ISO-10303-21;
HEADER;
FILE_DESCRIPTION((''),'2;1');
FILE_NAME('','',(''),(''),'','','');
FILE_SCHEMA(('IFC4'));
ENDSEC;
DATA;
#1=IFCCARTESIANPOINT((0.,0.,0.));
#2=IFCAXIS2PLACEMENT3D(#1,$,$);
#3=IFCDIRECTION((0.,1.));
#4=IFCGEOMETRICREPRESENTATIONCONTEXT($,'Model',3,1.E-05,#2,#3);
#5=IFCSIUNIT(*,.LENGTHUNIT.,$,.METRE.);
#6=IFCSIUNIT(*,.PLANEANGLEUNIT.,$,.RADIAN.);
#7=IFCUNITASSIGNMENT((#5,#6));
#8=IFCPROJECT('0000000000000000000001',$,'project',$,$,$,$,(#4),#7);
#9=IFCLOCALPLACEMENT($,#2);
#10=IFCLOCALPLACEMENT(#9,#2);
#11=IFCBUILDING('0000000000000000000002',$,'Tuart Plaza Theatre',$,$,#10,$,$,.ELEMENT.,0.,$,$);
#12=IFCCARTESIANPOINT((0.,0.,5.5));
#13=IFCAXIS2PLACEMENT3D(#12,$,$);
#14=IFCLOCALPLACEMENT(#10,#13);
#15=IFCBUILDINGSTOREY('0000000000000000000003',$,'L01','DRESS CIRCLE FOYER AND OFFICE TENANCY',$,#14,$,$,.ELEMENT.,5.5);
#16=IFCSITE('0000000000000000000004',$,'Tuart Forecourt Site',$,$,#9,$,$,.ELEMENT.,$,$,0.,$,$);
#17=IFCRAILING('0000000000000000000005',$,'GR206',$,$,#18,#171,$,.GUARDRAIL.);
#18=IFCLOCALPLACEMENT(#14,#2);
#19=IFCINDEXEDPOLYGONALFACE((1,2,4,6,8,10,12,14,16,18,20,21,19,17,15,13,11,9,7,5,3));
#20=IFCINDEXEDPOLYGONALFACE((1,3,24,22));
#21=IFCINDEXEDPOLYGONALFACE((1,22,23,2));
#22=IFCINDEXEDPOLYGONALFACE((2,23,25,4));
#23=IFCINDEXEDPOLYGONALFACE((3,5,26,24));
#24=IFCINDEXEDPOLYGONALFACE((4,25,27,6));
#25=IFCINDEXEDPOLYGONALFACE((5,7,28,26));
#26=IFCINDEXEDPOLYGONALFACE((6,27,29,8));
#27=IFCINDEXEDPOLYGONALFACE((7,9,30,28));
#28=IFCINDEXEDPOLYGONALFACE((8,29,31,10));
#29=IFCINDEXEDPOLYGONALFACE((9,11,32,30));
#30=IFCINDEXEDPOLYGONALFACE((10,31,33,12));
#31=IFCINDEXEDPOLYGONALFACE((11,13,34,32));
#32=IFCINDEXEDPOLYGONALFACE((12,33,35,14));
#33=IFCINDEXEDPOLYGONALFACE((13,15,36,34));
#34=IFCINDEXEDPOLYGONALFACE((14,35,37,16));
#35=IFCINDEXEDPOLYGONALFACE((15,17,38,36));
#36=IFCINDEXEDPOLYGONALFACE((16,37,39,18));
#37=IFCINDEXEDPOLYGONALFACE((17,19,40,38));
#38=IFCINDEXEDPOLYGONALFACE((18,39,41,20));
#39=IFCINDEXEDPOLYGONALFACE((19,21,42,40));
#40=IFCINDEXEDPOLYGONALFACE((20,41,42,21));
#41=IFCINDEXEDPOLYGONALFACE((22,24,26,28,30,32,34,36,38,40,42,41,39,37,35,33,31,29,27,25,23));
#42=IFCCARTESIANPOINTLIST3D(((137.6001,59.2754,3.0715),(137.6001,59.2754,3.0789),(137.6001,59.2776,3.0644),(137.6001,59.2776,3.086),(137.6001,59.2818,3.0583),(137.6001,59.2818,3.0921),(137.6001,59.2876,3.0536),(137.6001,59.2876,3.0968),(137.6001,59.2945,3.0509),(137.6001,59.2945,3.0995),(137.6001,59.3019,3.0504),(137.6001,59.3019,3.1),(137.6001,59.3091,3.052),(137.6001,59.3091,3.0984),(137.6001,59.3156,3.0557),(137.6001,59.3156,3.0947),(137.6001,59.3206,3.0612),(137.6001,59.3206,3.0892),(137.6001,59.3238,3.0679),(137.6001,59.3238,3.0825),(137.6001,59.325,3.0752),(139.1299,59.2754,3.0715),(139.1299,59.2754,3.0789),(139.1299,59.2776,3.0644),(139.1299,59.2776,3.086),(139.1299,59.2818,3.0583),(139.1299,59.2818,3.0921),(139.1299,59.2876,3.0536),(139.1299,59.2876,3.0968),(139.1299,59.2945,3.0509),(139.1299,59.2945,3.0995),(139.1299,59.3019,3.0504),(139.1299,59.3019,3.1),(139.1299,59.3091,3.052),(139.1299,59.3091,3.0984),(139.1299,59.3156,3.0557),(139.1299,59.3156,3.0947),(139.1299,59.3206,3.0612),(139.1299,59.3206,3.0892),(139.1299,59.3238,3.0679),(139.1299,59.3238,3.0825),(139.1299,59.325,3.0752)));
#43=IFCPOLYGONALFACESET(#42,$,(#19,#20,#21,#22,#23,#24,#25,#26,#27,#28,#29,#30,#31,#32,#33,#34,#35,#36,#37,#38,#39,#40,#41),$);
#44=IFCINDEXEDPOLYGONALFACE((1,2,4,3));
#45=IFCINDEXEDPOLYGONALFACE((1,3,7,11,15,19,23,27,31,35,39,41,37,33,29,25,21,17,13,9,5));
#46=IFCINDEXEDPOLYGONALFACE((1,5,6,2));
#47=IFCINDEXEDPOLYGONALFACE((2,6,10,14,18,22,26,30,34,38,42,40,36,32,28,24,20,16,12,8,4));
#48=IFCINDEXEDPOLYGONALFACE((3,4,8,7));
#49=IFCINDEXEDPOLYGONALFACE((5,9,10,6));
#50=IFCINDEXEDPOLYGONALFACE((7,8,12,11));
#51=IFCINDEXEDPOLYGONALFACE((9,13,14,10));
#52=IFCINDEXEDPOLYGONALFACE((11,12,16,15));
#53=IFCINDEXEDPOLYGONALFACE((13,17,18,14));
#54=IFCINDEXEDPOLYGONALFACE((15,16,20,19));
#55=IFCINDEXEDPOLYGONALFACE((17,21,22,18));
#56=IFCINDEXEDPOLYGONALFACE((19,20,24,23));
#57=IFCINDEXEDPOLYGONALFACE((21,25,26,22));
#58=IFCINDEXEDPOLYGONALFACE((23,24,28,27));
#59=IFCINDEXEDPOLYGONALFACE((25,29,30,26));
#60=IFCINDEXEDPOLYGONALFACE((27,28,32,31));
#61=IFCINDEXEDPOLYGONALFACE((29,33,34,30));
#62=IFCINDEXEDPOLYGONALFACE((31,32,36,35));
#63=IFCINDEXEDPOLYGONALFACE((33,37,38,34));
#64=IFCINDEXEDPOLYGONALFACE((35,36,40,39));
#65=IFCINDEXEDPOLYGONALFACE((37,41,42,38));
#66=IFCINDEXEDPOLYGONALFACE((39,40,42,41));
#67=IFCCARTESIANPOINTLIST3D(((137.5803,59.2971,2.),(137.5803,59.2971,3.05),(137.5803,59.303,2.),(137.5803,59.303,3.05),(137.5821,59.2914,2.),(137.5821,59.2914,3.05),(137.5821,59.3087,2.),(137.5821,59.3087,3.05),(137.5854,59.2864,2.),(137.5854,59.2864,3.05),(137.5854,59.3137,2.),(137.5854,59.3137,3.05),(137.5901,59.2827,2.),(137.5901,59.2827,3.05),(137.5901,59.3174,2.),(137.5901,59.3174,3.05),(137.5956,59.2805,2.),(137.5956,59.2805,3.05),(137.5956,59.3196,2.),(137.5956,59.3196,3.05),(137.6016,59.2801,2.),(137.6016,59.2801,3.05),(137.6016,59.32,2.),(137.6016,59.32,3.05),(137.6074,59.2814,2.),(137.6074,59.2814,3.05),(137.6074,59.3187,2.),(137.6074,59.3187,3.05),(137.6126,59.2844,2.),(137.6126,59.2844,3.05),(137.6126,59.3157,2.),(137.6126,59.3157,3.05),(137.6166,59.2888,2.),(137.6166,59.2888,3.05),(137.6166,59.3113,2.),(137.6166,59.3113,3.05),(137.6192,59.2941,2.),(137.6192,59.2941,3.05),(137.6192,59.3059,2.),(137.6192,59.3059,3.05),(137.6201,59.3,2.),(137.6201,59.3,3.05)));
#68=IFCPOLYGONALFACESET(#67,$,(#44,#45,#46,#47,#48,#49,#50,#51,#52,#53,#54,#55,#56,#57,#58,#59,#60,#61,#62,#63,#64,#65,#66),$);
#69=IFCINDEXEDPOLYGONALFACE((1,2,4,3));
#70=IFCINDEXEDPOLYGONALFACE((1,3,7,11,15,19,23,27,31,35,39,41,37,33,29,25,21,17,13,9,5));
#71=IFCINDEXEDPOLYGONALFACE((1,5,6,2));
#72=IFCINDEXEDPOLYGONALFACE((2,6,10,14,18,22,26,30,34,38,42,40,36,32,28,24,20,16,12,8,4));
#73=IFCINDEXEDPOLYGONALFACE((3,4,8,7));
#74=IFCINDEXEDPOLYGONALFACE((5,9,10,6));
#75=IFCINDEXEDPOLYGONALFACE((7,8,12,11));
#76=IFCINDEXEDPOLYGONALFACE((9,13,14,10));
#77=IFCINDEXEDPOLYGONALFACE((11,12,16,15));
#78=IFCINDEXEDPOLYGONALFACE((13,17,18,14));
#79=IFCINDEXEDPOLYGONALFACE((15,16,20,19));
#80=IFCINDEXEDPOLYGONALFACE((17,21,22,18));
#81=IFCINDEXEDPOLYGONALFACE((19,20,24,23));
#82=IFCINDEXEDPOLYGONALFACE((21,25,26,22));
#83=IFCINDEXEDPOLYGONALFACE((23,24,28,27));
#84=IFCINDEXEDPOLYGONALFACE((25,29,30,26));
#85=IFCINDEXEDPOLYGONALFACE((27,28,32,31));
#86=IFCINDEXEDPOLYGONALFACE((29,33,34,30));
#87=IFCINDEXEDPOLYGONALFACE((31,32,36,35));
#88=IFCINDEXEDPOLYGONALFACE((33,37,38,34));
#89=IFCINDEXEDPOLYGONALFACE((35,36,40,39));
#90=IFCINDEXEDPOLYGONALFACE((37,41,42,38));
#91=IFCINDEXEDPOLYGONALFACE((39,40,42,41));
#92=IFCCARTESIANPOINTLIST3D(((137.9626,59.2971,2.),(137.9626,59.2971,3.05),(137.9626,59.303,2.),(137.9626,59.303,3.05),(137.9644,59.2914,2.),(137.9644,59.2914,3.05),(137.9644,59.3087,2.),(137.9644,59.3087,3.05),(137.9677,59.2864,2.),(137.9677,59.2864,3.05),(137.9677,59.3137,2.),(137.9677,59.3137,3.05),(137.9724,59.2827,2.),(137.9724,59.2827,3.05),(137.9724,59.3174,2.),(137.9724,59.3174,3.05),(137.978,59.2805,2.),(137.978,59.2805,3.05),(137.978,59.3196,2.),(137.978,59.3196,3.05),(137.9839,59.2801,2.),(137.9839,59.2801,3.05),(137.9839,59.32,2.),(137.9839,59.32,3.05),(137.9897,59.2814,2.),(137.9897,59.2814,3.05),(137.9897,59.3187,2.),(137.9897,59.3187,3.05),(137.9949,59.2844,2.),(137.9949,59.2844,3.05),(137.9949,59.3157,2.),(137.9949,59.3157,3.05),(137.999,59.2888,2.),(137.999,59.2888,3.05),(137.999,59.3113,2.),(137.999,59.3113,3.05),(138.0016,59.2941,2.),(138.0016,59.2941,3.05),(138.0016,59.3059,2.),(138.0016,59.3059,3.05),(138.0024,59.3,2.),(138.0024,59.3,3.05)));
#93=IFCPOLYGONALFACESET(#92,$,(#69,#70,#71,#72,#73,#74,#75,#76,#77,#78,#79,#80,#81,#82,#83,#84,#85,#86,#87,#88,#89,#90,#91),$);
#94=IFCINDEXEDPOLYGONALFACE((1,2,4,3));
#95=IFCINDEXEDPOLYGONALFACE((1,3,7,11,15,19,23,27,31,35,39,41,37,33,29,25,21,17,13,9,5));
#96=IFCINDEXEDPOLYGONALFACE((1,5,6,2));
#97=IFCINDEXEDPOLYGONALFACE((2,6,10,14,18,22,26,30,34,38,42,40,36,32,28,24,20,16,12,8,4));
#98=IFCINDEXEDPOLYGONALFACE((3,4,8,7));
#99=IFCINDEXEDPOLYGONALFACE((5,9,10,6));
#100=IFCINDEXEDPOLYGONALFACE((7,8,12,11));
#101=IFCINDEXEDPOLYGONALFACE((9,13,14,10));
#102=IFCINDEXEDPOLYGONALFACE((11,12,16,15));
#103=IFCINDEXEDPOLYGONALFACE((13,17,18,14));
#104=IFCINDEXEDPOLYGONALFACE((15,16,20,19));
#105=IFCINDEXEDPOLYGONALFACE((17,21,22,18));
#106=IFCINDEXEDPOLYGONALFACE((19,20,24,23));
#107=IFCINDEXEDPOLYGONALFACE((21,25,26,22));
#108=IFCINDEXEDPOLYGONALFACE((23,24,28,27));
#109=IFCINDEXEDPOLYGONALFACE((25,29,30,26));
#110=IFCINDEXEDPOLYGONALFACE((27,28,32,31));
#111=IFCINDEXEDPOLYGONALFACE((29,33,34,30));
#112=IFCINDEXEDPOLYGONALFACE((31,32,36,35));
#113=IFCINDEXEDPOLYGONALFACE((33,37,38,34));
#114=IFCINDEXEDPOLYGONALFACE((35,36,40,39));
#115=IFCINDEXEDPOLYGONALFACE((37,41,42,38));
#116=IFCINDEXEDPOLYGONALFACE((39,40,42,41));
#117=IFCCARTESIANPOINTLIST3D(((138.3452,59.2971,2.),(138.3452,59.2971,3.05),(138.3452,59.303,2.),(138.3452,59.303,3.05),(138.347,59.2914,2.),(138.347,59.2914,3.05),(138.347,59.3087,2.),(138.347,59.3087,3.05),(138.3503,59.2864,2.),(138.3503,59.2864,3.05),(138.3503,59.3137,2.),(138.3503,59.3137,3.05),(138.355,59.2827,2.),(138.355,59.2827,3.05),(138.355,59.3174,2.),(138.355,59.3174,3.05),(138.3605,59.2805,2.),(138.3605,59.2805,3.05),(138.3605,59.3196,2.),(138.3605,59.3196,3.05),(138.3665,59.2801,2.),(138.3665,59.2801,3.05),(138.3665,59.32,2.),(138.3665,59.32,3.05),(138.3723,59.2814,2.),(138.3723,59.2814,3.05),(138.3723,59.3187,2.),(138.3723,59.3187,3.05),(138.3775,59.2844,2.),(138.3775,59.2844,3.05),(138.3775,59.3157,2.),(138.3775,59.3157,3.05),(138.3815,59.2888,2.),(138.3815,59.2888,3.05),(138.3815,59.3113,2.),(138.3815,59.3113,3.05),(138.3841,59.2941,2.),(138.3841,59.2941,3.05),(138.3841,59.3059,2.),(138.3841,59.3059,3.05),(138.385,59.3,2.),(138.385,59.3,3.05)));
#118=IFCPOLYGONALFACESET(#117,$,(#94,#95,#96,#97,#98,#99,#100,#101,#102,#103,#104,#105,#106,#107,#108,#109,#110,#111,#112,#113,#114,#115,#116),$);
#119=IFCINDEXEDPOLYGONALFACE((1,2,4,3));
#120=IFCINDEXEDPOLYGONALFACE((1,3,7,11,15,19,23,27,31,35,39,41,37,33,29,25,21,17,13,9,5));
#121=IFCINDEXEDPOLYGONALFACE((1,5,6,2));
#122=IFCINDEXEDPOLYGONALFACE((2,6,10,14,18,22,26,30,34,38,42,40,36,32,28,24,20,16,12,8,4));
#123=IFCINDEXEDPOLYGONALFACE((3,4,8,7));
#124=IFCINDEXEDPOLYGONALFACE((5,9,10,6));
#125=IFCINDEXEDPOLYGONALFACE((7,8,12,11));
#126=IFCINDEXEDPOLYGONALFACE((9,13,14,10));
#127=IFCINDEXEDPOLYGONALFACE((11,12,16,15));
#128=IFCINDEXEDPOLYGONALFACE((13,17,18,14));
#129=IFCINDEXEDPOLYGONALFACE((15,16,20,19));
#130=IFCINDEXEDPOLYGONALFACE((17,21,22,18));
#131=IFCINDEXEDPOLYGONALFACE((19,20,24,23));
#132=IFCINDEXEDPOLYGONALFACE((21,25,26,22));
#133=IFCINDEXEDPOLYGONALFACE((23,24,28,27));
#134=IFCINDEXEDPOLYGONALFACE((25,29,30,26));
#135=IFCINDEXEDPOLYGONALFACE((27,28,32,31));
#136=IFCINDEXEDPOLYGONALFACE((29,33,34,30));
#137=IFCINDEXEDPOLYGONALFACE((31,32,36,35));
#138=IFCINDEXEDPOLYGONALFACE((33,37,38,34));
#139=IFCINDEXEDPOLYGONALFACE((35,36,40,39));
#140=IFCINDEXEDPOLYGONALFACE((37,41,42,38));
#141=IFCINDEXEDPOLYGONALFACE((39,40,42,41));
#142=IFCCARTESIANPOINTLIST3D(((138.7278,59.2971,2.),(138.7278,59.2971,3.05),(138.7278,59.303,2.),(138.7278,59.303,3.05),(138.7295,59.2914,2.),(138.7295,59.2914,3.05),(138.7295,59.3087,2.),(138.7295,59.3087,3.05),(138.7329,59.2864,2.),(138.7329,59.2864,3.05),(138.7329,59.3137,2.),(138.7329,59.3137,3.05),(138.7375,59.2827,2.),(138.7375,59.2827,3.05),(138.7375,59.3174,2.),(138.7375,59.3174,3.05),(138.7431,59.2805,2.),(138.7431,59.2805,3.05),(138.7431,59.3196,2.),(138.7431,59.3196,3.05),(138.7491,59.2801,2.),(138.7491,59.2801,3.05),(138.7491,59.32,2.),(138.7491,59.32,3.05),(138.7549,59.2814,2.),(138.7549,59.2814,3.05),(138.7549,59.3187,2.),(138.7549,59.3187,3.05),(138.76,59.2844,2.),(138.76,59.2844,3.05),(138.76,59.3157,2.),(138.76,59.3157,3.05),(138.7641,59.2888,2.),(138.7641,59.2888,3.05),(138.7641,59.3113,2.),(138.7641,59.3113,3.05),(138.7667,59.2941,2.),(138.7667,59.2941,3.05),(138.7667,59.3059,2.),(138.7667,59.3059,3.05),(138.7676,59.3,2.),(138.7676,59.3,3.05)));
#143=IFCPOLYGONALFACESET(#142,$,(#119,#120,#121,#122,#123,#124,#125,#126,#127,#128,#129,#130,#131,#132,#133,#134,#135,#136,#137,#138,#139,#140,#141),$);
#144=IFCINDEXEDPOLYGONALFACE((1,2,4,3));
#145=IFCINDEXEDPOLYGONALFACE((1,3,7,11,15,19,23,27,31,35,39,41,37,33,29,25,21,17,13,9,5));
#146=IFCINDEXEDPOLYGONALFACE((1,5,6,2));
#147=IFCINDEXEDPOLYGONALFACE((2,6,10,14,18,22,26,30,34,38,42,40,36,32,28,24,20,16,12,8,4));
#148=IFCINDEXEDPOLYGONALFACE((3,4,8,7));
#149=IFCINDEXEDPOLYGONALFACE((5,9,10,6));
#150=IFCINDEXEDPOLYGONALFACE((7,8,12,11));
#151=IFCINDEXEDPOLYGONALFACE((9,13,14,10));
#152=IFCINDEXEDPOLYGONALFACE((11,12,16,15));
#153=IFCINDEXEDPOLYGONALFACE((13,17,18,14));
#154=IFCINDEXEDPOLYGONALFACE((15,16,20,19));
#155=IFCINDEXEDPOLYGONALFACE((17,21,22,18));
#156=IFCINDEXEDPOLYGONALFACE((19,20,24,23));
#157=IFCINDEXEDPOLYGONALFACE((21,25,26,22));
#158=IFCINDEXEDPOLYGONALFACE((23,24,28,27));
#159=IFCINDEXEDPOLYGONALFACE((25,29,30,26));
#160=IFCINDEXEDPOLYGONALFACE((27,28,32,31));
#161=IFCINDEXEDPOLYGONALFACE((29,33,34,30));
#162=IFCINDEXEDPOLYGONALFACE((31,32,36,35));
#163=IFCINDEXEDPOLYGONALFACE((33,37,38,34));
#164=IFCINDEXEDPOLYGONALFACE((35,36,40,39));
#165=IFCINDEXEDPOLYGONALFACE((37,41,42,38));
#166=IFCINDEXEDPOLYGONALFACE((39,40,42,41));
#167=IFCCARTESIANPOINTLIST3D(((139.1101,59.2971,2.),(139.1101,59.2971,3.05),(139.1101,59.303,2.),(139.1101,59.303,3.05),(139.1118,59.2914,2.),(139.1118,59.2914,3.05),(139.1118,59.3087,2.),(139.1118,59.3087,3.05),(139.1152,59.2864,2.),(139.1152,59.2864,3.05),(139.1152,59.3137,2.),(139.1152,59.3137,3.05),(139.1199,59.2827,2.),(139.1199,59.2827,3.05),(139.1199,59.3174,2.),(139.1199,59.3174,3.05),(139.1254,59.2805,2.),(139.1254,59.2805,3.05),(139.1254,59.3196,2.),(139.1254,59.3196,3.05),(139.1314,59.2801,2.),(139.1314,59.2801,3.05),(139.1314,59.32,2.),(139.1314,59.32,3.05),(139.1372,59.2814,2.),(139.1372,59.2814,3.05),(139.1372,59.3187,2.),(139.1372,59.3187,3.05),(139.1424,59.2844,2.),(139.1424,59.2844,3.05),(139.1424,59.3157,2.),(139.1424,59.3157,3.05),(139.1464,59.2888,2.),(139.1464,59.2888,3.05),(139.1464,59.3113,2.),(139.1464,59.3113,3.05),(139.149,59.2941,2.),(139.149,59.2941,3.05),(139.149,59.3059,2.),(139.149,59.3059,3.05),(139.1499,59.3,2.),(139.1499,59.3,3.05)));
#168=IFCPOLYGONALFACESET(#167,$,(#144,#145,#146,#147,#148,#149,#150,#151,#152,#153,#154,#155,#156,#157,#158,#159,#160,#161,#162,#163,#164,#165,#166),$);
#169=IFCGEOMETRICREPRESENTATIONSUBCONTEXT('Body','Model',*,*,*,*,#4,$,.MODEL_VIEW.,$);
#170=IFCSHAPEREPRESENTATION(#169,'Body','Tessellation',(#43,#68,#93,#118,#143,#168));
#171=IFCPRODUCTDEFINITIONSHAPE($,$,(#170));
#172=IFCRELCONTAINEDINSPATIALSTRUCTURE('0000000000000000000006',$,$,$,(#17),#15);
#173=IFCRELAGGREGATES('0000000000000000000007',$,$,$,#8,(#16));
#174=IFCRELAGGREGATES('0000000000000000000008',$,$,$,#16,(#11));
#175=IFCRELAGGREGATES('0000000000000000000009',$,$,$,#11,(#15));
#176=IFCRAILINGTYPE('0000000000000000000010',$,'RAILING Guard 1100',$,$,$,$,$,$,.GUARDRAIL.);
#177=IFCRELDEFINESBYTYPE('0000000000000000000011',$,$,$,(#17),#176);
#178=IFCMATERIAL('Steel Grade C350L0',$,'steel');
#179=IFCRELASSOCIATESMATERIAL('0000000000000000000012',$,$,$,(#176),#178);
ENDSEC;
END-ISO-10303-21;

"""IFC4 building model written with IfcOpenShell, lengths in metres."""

from ifc_helpers import new_model, si_unit, direction, frame, origin, origin_2d, place, context, subcontext, project, spatial, circle, extrude, material, type_object, element, save


model = new_model("IFC4")

# Units and contexts
model_context = context("Model", 3, precision=1e-05, world=origin(), true_north=direction((0.0, 1.0)))
body_context = subcontext(model_context, "Body", "Model", "MODEL_VIEW")
ifc_project = project(units=[si_unit("LENGTHUNIT", "METRE"), si_unit("PLANEANGLEUNIT", "RADIAN")], contexts=[model_context])

# Site, building, storey
site_placement = place(None, origin())
site = spatial("IfcSite", under=ifc_project, at=site_placement, Name="Tuart Forecourt Site", CompositionType="ELEMENT", RefElevation=0.0)
building_placement = place(site_placement, origin())
building = spatial("IfcBuilding", under=site, at=building_placement, Name="Tuart Plaza Theatre", CompositionType="ELEMENT", ElevationOfRefHeight=0.0)
storey_placement = place(building_placement, frame((0.0, 0.0, 5.5)))
storey = spatial("IfcBuildingStorey", under=building, at=storey_placement, Name="L01", Description="DRESS CIRCLE FOYER AND OFFICE TENANCY", CompositionType="ELEMENT", Elevation=5.5)

# Railing
ifc_material_1 = material(Name="Steel Grade C350L0", Category="steel")
railing_type_1 = type_object("IfcRailingType", Name="RAILING Guard 1100", PredefinedType="GUARDRAIL", material=ifc_material_1)
railing_1_placement = place(storey_placement, frame((137.6001, 59.3, 2.0)))
element("IfcRailing", 1, at=railing_1_placement, inside=storey, type_object=railing_type_1, Name="GR206", PredefinedType="GUARDRAIL", context=body_context, shape_type="SweptSolid", body=[
    extrude(circle(Radius=0.0249, at=origin_2d()), frame((0.0, 0.0, 1.0752), z_axis=(1.0, 0.0, 0.0), x_axis=(0.0, 1.0, 0.0)), (0.0, 0.0, 1.0), 1.5298),
    extrude(circle(Radius=0.02, at=origin_2d()), origin(), (0.0, 0.0, 1.0), 1.05),
    extrude(circle(Radius=0.02, at=origin_2d()), frame((0.3823, 0.0, 0.0)), (0.0, 0.0, 1.0), 1.05),
    extrude(circle(Radius=0.02, at=origin_2d()), frame((0.7649, 0.0, 0.0)), (0.0, 0.0, 1.0), 1.05),
    extrude(circle(Radius=0.02, at=origin_2d()), frame((1.1475, 0.0, 0.0)), (0.0, 0.0, 1.0), 1.05),
    extrude(circle(Radius=0.02, at=origin_2d()), frame((1.5298, 0.0, 0.0)), (0.0, 0.0, 1.0), 1.05),
])

save(model, "model.ifc")
